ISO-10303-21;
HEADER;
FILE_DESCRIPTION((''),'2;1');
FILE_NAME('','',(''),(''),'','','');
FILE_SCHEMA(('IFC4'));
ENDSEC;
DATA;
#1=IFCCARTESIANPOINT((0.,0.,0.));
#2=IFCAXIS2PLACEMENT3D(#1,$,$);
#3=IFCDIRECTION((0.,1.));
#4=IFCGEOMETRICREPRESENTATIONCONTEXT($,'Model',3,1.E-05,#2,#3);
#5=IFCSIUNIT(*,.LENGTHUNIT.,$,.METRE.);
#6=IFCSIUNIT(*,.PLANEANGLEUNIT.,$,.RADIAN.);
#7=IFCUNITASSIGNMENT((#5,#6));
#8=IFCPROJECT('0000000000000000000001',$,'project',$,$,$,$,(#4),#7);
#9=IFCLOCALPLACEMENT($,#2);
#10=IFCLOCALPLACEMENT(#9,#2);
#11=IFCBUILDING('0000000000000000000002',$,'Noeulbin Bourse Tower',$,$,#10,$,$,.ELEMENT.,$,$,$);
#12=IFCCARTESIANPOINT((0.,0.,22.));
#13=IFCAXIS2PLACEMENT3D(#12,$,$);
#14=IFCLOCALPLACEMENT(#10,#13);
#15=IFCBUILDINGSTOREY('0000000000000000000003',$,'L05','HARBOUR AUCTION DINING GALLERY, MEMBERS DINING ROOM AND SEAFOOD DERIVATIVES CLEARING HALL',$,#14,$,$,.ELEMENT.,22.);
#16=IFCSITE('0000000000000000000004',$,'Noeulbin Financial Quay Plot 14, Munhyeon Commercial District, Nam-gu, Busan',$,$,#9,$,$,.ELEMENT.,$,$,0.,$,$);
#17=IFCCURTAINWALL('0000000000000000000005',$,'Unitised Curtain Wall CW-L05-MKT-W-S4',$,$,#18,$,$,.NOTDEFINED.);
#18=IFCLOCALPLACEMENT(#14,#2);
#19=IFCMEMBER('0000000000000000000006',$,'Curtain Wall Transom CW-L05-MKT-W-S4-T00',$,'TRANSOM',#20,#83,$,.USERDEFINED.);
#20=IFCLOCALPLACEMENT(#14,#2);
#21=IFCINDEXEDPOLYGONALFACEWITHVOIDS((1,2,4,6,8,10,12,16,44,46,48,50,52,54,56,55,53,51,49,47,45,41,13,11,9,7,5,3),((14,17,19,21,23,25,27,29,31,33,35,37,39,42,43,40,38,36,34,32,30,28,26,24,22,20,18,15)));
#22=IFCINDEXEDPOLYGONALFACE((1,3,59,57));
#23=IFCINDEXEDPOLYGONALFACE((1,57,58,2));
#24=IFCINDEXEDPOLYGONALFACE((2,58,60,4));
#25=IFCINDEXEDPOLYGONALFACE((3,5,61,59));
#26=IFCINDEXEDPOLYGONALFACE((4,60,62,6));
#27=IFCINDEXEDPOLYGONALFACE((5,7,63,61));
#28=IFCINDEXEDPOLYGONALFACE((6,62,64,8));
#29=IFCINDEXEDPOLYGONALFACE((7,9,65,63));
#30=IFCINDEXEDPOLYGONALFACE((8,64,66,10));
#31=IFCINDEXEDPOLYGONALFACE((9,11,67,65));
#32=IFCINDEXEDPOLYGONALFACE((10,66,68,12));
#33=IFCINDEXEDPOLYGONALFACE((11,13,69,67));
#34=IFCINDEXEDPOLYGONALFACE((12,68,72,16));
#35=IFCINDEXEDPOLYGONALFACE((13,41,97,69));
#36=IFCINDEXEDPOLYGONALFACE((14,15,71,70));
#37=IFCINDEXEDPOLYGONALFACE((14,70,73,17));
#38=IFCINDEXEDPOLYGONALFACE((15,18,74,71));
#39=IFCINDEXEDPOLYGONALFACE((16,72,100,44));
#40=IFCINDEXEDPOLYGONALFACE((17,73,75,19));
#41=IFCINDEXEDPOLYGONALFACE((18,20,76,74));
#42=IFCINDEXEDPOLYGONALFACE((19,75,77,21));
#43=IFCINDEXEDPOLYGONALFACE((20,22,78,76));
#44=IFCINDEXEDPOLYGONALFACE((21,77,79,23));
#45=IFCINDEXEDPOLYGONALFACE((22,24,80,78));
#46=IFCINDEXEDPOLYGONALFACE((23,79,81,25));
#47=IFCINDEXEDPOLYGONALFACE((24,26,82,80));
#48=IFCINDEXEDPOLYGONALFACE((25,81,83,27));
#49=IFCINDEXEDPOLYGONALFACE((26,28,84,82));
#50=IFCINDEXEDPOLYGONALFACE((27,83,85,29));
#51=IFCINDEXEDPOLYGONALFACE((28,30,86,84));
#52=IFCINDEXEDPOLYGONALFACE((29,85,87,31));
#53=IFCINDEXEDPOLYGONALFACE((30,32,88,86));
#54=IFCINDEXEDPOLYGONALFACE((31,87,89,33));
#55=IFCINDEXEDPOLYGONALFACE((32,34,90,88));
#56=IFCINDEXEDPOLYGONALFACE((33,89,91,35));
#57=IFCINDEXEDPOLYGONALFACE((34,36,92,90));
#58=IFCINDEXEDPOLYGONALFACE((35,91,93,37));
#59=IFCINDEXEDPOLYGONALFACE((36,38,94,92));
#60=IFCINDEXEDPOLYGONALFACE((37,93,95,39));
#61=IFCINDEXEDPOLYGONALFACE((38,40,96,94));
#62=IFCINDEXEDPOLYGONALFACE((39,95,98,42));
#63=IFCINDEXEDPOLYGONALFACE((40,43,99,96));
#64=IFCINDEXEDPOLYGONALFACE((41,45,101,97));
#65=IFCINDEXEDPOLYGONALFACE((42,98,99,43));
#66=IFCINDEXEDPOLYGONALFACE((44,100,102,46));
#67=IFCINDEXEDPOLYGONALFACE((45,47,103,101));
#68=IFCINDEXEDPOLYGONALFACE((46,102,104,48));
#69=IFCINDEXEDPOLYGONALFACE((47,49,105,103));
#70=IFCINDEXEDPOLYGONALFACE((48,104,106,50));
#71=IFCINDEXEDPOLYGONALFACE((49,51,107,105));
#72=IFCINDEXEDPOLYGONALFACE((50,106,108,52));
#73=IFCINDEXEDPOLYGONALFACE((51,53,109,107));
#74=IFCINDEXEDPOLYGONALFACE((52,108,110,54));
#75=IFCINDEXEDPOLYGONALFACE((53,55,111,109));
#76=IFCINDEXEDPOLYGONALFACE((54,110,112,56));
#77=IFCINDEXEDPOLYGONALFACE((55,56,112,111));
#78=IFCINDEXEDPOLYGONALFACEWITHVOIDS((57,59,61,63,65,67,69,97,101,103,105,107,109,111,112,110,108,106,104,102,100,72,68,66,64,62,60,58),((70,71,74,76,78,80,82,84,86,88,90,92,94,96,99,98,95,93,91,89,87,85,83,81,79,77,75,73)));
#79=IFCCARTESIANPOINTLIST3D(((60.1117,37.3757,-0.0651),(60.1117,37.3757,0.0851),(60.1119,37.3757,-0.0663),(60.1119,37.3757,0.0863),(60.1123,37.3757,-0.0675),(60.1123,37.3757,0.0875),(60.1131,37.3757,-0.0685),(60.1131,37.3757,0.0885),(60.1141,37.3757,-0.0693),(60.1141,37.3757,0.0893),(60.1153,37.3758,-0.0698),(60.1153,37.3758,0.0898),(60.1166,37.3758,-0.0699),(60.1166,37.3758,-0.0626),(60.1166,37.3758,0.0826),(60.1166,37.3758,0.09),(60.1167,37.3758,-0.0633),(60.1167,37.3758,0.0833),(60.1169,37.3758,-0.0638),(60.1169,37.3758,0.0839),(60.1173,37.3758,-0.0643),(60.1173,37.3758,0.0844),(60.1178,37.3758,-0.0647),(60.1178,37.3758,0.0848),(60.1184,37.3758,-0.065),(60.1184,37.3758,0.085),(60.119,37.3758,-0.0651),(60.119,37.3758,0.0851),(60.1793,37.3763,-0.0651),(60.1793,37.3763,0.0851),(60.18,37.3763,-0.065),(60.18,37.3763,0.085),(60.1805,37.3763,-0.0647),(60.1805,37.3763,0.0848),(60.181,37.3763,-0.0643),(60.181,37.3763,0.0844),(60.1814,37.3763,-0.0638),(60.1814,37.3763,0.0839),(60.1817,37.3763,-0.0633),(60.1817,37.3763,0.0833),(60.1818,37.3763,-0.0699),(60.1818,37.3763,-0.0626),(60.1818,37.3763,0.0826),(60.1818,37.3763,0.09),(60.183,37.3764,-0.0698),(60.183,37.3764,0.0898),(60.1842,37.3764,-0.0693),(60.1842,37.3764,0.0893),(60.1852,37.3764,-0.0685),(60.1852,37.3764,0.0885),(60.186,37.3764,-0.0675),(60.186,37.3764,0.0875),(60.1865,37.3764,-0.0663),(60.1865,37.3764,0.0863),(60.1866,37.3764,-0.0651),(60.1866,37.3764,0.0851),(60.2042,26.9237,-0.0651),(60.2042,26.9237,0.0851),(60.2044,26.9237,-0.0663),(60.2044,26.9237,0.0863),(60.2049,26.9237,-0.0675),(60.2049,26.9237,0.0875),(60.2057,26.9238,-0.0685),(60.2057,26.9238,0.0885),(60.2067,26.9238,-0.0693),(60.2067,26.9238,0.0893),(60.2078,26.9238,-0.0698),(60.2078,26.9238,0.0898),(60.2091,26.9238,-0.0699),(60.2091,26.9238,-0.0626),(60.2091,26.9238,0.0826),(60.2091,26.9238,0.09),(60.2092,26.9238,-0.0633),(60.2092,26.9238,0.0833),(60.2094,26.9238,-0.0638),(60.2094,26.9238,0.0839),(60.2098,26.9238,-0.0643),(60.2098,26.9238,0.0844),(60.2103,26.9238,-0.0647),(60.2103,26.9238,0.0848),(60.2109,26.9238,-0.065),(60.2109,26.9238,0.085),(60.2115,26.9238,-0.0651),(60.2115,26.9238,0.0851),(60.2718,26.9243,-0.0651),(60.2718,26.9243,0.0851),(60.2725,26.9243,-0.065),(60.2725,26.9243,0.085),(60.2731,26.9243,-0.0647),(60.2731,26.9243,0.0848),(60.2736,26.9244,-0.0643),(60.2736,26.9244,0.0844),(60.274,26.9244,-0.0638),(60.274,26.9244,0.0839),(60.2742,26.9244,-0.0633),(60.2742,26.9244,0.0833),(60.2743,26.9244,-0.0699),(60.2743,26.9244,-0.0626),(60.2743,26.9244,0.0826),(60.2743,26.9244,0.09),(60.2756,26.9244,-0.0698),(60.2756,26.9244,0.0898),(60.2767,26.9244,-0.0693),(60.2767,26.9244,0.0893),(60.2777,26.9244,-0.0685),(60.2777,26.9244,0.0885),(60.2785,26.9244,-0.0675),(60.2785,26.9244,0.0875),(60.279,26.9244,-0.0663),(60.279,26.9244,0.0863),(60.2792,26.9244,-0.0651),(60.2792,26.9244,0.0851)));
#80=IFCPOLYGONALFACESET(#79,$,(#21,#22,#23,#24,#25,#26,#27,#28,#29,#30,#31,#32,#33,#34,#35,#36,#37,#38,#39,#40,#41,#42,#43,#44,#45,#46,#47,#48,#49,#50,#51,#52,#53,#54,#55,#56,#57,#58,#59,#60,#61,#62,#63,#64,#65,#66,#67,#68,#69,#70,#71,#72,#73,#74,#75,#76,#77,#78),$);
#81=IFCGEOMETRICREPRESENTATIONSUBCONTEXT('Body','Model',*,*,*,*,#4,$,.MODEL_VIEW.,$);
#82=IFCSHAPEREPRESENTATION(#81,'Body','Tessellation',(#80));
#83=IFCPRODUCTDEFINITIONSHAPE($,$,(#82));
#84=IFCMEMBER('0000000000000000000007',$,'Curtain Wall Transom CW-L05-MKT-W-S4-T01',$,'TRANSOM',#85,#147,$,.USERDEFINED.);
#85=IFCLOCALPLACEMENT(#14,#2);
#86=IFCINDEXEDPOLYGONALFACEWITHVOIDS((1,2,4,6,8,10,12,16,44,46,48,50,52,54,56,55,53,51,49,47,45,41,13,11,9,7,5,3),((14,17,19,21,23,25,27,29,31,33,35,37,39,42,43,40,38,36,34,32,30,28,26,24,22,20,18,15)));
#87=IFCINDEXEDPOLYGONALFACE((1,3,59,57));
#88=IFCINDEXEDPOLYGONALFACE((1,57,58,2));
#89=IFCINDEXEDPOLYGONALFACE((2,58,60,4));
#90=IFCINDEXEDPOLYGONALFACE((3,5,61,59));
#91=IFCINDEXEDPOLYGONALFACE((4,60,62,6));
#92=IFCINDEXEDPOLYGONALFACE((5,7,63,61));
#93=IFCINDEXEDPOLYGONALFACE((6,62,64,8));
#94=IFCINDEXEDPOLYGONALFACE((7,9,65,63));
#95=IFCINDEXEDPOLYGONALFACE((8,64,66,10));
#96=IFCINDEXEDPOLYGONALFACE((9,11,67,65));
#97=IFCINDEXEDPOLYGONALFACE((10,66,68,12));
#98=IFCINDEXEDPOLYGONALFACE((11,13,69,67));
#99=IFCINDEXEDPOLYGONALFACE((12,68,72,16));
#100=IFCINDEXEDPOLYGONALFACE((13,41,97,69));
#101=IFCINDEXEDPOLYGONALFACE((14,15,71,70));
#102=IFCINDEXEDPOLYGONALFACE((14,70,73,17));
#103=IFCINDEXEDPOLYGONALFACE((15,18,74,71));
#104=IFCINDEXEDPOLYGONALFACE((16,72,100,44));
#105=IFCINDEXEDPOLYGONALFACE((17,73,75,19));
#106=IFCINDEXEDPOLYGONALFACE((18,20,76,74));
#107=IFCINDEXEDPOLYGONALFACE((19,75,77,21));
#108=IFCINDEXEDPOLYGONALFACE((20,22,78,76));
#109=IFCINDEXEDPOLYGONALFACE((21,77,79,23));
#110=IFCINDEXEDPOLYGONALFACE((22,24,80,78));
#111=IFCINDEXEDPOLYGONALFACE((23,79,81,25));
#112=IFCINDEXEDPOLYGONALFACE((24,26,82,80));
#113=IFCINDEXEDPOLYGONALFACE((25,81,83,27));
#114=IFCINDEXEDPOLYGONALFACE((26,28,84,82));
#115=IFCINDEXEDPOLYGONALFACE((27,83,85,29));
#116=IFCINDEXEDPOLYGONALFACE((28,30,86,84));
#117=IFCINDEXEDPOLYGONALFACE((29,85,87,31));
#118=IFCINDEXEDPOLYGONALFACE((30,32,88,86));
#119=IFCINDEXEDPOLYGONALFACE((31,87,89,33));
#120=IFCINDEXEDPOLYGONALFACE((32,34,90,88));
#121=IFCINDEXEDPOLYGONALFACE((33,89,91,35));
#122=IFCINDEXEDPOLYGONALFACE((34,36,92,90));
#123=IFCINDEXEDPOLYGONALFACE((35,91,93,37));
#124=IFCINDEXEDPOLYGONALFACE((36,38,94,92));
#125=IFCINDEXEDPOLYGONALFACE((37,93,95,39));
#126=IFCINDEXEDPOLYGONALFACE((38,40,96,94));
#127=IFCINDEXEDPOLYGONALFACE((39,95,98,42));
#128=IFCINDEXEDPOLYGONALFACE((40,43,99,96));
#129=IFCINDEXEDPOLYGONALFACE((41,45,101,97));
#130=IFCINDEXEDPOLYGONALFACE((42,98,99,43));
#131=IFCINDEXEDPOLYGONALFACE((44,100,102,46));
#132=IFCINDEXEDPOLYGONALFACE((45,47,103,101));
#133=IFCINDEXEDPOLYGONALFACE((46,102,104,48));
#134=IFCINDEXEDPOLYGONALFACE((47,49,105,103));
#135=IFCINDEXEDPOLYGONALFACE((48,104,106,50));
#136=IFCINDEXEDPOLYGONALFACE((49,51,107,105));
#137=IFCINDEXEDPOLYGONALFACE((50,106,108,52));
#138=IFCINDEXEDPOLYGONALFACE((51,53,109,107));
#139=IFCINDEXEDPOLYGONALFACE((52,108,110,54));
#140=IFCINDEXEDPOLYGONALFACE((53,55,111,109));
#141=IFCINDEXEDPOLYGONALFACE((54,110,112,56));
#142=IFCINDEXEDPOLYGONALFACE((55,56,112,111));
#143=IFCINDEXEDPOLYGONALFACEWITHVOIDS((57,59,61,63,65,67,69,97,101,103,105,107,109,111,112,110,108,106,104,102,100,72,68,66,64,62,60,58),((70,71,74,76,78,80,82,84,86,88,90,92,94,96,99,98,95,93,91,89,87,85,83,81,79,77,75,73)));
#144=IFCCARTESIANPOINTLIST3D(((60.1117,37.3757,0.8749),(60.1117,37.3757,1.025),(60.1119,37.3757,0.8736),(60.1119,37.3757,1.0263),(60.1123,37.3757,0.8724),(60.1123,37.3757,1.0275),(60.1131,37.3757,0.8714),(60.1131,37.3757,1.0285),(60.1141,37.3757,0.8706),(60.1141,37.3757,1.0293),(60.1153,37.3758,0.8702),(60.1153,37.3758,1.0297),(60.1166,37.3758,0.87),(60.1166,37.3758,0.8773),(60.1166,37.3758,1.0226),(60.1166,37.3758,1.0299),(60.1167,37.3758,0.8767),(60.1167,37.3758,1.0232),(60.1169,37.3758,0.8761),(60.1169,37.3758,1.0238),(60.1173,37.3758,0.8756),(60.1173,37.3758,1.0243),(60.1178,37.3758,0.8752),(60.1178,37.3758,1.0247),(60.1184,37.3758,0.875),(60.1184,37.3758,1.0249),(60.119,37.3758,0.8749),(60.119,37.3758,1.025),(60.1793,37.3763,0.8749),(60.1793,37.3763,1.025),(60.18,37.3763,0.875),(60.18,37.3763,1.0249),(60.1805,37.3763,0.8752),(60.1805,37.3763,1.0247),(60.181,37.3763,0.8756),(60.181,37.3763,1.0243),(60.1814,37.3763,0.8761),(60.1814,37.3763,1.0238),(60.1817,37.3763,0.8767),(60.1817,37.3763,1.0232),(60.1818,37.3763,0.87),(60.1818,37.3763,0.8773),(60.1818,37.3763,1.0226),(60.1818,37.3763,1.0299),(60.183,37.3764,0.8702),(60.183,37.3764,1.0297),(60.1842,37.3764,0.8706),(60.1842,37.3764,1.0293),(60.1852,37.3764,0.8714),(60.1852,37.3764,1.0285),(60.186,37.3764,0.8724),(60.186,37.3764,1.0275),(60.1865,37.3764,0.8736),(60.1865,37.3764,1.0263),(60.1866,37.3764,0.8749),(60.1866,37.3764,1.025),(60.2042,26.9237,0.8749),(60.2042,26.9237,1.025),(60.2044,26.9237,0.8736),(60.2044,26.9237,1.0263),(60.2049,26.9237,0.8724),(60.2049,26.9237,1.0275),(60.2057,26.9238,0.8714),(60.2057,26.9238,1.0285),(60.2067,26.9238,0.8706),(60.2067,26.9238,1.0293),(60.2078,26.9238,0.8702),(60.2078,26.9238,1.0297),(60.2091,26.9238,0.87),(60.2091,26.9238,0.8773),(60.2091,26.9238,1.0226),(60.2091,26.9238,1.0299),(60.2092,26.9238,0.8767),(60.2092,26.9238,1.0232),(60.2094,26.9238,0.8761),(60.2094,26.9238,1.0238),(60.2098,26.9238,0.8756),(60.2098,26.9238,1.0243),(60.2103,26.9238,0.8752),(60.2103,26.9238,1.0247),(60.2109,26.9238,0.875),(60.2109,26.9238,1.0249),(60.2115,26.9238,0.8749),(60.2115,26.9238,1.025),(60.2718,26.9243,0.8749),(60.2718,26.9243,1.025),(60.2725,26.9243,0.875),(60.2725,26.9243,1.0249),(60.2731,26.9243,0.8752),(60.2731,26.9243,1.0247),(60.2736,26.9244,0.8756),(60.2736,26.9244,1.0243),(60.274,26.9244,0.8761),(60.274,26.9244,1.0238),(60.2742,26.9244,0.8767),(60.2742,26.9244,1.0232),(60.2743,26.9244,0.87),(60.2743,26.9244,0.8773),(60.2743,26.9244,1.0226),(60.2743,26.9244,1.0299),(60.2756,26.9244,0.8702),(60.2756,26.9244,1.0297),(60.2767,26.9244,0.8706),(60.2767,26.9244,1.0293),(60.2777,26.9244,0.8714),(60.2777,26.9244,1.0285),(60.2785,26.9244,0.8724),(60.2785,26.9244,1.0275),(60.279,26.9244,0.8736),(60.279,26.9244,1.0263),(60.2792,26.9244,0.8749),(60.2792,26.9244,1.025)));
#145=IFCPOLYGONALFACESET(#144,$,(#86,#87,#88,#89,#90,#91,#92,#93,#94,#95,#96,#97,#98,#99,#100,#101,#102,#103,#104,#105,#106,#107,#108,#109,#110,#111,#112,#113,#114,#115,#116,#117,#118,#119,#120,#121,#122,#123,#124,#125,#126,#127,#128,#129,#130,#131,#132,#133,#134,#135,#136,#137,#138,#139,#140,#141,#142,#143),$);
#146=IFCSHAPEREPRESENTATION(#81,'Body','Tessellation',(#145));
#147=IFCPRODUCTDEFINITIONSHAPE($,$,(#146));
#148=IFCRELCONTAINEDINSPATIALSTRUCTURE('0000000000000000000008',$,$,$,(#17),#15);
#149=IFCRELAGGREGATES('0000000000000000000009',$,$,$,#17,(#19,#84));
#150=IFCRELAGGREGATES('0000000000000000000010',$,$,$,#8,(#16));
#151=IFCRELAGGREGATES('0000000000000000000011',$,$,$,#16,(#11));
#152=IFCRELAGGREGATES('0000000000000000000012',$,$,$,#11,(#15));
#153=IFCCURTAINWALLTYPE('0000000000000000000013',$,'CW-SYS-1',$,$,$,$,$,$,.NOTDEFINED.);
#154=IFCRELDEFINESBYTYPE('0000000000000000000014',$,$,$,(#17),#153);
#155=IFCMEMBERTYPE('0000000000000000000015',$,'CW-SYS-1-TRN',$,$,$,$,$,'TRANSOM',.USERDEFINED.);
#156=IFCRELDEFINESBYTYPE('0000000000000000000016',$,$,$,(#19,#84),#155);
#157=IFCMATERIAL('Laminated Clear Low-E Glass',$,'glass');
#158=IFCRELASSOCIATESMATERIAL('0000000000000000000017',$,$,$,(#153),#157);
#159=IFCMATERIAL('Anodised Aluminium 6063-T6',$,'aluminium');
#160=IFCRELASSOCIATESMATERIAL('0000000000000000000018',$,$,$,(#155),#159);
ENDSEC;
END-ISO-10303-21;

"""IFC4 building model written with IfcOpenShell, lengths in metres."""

from ifc_helpers import new_model, si_unit, direction, frame, origin, origin_2d, place, context, subcontext, project, spatial, hollow_rectangle, extrude, material, material_profile, profile_set, type_object, element, aggregate, save


model = new_model("IFC4")

# Units and contexts
model_context = context("Model", 3, precision=1e-05, world=origin(), true_north=direction((0.0, 1.0)))
body_context = subcontext(model_context, "Body", "Model", "MODEL_VIEW")
ifc_project = project(units=[si_unit("LENGTHUNIT", "METRE"), si_unit("PLANEANGLEUNIT", "RADIAN")], contexts=[model_context])

# Site, building, storey
site_placement = place(None, origin())
site = spatial("IfcSite", under=ifc_project, at=site_placement, Name="Noeulbin Financial Quay Plot 14, Munhyeon Commercial District, Nam-gu, Busan", CompositionType="ELEMENT", RefElevation=0.0)
building_placement = place(site_placement, origin())
building = spatial("IfcBuilding", under=site, at=building_placement, Name="Noeulbin Bourse Tower", CompositionType="ELEMENT")
storey_placement = place(building_placement, frame((0.0, 0.0, 22.0)))
storey = spatial("IfcBuildingStorey", under=building, at=storey_placement, Name="L05", Description="HARBOUR AUCTION DINING GALLERY, MEMBERS DINING ROOM AND SEAFOOD DERIVATIVES CLEARING HALL", CompositionType="ELEMENT", Elevation=22.0)

# Curtain wall
ifc_material_1 = material(Name="Laminated Clear Low-E Glass", Category="glass")
curtain_wall_type_1 = type_object("IfcCurtainWallType", Name="CW-SYS-1", PredefinedType="NOTDEFINED", material=ifc_material_1)
curtain_wall_1_placement = place(storey_placement, origin())
curtain_wall_1 = element("IfcCurtainWall", 1, at=curtain_wall_1_placement, inside=storey, type_object=curtain_wall_type_1, Name="Unitised Curtain Wall CW-L05-MKT-W-S4", PredefinedType="NOTDEFINED")
ifc_material_2 = material(Name="Anodised Aluminium 6063-T6", Category="aluminium")

# Members
ifc_material_profile_1 = material_profile(ifc_material_2, hollow_rectangle(XDim=0.075, YDim=0.1599, WallThickness=0.0049, InnerFilletRadius=0.0024, OuterFilletRadius=0.0049, at=origin_2d()), Name="ALU-TRAN-75x160x5", Category="LoadBearing")
ifc_profile_set_1 = profile_set([ifc_material_profile_1], Name="Anodised Aluminium 6063-T6")
member_type_1 = type_object("IfcMemberType", Name="CW-SYS-1-TRN", ElementType="TRANSOM", PredefinedType="USERDEFINED", material=ifc_profile_set_1)
member_1_placement = place(storey_placement, frame((60.2417, 26.9241, 0.01), z_axis=(-0.008853, 0.999961, 0.0), x_axis=(-0.999961, -0.008853, 0.0)))
member_1 = element("IfcMember", 2, at=member_1_placement, type_object=member_type_1, Name="Curtain Wall Transom CW-L05-MKT-W-S4-T00", ObjectType="TRANSOM", PredefinedType="USERDEFINED", context=body_context, shape_type="SweptSolid", body=[
    extrude(hollow_rectangle(XDim=0.075, YDim=0.1599, WallThickness=0.0049, InnerFilletRadius=0.0024, OuterFilletRadius=0.0049, at=origin_2d()), origin(), (0.0, 0.0, 1.0), 10.4524),
])
member_2_placement = place(storey_placement, frame((60.2417, 26.9241, 0.95), z_axis=(-0.008853, 0.999961, 0.0), x_axis=(-0.999961, -0.008853, 0.0)))
member_2 = element("IfcMember", 3, at=member_2_placement, type_object=member_type_1, Name="Curtain Wall Transom CW-L05-MKT-W-S4-T01", ObjectType="TRANSOM", PredefinedType="USERDEFINED", context=body_context, shape_type="SweptSolid", body=[
    extrude(hollow_rectangle(XDim=0.075, YDim=0.1599, WallThickness=0.0049, InnerFilletRadius=0.0024, OuterFilletRadius=0.0049, at=origin_2d()), origin(), (0.0, 0.0, 1.0), 10.4524),
])

aggregate(curtain_wall_1, [member_1, member_2])

save(model, "model.ifc")
